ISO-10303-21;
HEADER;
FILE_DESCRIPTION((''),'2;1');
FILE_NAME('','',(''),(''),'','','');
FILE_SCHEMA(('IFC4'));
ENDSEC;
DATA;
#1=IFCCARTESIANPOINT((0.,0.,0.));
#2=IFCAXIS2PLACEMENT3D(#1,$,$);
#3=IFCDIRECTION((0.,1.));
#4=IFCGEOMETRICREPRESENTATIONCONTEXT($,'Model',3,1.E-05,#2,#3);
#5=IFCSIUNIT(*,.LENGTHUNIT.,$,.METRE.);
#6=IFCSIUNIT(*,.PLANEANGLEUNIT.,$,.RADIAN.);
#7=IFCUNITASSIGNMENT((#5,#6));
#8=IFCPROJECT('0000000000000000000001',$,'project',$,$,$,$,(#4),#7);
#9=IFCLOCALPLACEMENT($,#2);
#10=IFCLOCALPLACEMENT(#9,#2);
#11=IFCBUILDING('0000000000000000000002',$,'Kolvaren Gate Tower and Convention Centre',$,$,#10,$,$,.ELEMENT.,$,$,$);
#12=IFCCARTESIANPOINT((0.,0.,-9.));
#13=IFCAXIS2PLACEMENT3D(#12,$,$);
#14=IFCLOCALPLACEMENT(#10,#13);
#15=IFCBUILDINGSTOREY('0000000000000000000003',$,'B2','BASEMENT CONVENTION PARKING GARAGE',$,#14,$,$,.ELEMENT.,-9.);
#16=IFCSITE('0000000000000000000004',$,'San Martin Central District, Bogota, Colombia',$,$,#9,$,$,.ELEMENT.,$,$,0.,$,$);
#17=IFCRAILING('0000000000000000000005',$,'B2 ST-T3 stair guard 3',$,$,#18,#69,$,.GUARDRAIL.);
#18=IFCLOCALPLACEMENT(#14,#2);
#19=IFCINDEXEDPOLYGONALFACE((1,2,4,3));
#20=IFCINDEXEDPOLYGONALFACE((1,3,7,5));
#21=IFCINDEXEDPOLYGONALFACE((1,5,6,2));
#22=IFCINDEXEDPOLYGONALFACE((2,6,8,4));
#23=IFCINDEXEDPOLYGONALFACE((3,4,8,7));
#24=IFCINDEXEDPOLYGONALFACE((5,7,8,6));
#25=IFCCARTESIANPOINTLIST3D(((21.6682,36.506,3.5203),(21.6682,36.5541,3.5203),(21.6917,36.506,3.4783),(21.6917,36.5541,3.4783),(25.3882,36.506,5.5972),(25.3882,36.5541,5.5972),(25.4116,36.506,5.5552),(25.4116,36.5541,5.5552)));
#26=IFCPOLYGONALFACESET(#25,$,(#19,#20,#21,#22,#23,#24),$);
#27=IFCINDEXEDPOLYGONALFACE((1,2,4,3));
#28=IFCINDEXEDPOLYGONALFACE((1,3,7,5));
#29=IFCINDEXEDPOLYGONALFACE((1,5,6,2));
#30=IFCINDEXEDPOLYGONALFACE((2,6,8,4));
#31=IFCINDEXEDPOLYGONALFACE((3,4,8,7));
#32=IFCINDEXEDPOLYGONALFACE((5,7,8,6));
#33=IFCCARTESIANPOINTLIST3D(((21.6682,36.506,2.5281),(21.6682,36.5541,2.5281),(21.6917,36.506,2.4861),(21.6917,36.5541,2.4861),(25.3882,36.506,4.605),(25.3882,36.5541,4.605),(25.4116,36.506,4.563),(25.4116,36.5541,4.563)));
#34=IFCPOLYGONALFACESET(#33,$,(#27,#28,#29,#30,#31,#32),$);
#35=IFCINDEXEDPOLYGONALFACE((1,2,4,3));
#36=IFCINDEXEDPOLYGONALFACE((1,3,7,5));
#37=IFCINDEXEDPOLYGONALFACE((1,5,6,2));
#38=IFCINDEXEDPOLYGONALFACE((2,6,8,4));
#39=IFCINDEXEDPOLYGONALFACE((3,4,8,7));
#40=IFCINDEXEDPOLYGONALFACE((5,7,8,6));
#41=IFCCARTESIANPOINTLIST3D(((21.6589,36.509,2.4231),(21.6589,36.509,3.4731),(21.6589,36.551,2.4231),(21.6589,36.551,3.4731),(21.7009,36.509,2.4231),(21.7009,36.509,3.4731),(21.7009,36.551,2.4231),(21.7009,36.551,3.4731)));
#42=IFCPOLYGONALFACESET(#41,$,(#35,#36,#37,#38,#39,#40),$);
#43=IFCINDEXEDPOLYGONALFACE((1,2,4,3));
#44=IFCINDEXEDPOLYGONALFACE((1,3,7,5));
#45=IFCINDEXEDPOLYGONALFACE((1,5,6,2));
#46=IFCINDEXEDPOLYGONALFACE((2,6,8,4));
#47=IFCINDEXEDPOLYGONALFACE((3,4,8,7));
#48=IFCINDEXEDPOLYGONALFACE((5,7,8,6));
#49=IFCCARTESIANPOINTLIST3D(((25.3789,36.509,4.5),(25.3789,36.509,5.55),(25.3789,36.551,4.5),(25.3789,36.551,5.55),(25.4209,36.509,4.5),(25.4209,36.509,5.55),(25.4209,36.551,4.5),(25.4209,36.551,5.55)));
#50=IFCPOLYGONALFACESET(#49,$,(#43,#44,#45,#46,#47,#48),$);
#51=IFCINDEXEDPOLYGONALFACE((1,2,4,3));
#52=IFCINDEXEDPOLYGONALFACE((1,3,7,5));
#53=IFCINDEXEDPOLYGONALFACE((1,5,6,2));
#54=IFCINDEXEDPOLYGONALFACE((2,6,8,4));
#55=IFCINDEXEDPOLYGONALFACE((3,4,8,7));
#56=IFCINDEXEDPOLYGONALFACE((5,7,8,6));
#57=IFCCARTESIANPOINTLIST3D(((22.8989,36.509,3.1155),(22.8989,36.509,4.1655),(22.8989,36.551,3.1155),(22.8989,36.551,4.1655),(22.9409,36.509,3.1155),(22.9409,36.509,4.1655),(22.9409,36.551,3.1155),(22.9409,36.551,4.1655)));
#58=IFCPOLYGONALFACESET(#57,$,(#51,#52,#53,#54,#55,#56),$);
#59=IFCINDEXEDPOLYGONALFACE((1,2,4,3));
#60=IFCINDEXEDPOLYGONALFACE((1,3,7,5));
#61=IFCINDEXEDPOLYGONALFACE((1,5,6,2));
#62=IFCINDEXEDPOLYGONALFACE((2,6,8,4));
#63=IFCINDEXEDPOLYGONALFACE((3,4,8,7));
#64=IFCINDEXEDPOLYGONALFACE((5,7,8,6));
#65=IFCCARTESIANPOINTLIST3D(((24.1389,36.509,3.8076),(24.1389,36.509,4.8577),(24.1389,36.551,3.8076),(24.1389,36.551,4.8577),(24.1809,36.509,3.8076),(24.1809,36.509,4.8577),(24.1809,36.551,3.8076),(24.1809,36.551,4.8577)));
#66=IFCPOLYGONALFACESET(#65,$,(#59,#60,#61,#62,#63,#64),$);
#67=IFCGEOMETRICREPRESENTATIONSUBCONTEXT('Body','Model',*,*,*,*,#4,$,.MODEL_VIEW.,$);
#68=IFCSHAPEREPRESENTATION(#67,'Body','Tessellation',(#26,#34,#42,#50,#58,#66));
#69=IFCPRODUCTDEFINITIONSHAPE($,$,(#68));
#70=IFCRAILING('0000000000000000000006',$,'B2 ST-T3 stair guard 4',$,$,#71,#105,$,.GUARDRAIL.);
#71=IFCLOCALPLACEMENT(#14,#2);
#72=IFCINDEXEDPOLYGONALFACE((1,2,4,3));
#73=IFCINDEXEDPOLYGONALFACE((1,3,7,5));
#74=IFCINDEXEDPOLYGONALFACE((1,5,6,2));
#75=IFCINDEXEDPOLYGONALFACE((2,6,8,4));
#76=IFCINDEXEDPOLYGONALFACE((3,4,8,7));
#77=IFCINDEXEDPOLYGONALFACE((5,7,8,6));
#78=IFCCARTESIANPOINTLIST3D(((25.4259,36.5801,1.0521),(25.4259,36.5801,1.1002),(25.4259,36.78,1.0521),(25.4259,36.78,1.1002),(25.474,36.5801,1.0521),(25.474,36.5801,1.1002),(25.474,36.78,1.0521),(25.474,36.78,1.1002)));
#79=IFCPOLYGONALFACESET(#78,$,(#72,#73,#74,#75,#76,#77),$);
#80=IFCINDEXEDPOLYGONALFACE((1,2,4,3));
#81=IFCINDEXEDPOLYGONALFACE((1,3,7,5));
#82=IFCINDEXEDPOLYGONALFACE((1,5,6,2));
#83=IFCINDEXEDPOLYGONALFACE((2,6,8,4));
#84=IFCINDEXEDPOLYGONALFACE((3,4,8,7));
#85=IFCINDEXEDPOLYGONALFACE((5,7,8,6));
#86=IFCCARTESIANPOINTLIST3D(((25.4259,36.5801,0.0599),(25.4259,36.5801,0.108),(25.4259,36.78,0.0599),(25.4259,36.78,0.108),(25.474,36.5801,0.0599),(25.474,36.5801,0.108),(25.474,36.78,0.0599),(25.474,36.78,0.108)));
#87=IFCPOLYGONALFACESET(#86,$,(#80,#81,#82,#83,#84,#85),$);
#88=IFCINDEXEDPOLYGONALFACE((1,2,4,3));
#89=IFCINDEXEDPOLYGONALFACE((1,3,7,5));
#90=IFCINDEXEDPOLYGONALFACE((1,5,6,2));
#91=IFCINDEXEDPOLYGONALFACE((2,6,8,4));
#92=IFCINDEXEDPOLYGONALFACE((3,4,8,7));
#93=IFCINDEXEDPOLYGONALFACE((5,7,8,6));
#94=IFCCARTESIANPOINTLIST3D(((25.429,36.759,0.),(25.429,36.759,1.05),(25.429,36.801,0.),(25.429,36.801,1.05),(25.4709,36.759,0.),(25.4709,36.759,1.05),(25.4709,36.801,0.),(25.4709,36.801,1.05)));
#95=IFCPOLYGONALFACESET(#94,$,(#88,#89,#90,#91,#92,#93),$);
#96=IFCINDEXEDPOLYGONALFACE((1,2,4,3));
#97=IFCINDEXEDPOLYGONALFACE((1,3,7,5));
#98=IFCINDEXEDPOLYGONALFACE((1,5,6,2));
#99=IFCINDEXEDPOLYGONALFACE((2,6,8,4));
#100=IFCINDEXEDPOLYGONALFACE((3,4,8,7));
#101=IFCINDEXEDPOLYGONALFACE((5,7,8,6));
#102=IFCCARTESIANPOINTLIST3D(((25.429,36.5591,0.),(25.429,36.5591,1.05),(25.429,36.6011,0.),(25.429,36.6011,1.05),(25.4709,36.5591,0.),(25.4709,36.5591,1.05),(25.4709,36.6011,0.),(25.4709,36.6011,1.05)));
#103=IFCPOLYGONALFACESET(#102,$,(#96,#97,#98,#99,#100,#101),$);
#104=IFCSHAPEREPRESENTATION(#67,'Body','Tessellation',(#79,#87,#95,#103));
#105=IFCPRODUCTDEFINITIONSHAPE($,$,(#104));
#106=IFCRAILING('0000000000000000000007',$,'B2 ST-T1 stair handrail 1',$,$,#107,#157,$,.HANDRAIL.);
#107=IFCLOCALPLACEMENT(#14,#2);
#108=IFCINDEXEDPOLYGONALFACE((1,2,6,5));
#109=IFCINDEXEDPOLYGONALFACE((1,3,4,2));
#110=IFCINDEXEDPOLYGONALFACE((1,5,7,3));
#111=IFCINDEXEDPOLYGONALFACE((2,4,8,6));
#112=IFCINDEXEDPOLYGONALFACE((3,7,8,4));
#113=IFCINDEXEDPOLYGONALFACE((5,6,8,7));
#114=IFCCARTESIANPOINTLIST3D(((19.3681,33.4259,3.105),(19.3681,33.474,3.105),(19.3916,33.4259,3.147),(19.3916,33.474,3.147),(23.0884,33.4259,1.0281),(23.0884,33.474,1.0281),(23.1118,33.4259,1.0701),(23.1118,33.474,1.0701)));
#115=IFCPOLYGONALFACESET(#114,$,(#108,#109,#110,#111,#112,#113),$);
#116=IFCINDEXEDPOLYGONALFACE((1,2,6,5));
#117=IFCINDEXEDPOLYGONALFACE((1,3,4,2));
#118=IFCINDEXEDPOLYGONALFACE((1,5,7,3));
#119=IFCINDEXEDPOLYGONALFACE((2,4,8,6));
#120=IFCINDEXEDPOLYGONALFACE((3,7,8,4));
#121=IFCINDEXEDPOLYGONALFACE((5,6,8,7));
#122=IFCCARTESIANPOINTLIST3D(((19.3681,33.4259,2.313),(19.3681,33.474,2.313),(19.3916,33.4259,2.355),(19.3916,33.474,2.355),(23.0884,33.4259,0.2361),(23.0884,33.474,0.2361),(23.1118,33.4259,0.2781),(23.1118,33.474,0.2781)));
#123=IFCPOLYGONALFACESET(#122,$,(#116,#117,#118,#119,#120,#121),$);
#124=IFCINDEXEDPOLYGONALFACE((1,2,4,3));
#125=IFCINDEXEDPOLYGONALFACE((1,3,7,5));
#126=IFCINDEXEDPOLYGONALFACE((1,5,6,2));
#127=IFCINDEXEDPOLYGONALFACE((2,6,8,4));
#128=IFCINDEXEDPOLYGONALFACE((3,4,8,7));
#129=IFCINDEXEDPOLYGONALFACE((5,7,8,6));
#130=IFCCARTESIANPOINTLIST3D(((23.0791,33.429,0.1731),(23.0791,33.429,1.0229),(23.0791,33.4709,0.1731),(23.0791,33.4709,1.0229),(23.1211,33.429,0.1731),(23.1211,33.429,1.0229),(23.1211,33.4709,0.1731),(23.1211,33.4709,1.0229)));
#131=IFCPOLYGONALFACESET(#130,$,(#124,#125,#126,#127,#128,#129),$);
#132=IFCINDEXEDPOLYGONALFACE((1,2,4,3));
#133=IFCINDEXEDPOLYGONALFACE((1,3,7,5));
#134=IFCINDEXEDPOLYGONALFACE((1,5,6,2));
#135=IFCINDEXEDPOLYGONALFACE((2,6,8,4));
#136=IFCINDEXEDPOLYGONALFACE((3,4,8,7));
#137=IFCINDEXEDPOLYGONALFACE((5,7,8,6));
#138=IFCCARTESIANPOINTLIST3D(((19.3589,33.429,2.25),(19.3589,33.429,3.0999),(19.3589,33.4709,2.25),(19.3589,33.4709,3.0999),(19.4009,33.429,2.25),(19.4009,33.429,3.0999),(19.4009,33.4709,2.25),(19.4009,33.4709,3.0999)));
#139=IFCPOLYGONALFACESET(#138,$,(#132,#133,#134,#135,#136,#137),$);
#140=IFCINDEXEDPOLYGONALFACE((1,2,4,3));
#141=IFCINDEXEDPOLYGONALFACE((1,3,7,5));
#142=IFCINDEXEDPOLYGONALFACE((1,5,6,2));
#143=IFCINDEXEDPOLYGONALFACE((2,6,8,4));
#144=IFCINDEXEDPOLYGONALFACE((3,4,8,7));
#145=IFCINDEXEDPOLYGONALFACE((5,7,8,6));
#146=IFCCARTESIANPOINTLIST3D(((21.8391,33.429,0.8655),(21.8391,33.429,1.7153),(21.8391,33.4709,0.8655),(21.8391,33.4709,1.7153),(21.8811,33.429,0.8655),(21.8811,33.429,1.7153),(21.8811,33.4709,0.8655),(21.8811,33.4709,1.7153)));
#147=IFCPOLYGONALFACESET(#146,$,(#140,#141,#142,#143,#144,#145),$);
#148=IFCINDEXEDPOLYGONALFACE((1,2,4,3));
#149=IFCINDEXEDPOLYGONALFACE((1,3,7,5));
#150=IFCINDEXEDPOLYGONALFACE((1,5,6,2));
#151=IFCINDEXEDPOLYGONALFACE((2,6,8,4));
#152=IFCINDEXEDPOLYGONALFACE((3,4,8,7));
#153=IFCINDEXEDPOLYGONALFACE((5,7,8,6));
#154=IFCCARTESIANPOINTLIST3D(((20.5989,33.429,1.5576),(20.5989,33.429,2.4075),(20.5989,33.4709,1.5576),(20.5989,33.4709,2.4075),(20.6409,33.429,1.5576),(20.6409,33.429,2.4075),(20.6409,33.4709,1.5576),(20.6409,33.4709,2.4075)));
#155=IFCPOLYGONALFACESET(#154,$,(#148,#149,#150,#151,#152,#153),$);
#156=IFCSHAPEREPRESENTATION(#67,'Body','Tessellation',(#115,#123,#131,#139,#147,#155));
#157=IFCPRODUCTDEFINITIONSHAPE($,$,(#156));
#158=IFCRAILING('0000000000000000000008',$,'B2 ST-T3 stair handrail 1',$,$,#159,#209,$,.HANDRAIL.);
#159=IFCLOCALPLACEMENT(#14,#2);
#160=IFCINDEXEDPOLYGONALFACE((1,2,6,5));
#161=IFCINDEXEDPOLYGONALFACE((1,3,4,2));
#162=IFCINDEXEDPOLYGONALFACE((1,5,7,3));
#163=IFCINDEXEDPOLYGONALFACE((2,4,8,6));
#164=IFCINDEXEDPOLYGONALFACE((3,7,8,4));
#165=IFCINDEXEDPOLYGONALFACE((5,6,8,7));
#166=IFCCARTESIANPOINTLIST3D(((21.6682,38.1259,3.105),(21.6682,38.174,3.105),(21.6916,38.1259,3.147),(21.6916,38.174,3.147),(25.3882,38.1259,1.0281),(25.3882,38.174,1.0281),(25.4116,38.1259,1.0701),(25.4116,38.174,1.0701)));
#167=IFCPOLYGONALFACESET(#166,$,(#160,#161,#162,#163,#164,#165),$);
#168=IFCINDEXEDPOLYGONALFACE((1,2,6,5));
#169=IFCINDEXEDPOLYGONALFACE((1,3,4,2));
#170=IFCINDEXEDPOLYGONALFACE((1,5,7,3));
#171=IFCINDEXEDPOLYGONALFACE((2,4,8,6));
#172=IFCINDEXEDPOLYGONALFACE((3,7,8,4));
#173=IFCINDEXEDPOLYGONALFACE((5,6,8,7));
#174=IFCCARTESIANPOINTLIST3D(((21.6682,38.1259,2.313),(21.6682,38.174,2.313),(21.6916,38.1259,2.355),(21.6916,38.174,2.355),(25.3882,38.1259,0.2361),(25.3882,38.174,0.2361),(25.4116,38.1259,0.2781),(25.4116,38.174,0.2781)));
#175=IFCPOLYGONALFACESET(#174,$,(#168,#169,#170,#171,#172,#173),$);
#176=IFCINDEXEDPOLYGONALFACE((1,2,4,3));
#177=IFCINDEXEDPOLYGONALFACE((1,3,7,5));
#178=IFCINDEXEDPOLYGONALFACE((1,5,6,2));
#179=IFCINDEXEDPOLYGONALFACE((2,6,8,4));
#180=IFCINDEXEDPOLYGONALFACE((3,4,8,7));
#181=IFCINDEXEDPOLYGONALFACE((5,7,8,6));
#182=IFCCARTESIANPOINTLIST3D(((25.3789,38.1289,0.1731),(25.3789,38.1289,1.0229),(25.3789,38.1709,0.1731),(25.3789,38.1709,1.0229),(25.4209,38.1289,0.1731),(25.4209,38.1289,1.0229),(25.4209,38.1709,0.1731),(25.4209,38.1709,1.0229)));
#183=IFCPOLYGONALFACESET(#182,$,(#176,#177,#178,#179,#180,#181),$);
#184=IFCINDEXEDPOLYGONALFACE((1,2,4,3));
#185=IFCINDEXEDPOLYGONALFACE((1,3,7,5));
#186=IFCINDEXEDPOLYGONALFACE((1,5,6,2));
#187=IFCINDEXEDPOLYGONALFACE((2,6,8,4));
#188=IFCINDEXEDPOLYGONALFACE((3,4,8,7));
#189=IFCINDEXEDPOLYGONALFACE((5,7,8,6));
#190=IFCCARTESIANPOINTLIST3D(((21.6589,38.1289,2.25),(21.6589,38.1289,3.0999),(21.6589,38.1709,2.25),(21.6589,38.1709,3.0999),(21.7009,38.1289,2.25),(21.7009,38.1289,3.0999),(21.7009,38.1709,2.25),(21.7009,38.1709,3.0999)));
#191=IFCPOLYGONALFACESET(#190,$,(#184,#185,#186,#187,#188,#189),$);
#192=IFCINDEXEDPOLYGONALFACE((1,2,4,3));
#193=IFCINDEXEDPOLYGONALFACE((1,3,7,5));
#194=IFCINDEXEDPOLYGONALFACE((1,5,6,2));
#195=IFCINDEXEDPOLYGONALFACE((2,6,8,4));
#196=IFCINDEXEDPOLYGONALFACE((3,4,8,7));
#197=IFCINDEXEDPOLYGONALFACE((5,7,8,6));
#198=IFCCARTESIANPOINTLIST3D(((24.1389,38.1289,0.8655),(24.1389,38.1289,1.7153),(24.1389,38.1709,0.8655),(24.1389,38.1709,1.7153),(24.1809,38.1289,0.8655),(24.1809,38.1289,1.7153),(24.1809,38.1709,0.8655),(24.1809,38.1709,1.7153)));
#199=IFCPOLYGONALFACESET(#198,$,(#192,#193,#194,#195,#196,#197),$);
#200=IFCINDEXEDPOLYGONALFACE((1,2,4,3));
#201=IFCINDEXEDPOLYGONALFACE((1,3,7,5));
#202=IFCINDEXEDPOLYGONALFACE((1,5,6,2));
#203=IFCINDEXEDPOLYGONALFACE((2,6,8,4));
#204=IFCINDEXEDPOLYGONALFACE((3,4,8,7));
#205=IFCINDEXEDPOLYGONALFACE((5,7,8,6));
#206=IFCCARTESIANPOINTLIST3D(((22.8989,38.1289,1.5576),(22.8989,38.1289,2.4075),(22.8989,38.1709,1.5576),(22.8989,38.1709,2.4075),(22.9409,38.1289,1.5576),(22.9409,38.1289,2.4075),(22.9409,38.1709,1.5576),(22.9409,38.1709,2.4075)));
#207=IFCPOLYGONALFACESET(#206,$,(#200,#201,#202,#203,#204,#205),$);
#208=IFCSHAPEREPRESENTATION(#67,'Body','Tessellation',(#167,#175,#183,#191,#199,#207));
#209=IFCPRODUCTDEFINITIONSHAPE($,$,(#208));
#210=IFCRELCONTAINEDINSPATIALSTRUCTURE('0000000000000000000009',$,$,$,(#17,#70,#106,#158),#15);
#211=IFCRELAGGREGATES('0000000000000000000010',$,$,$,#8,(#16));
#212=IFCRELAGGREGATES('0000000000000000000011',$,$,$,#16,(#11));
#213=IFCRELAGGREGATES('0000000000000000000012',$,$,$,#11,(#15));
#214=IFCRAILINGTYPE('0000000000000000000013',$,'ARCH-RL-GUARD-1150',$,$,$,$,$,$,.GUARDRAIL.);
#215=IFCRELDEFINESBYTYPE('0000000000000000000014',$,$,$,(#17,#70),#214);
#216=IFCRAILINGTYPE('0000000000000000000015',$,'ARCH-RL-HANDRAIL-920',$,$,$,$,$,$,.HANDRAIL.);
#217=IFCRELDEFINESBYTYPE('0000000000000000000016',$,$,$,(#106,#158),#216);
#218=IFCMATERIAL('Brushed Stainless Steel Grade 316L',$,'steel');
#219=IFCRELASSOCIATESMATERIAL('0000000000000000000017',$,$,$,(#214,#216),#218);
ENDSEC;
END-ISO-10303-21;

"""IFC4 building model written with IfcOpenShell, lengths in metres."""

from ifc_helpers import new_model, si_unit, direction, frame, origin, origin_2d, place, context, subcontext, project, spatial, rectangle, extrude, material, type_object, element, save


model = new_model("IFC4")

# Units and contexts
model_context = context("Model", 3, precision=1e-05, world=origin(), true_north=direction((0.0, 1.0)))
body_context = subcontext(model_context, "Body", "Model", "MODEL_VIEW")
ifc_project = project(units=[si_unit("LENGTHUNIT", "METRE"), si_unit("PLANEANGLEUNIT", "RADIAN")], contexts=[model_context])

# Site, building, storey
site_placement = place(None, origin())
site = spatial("IfcSite", under=ifc_project, at=site_placement, Name="San Martin Central District, Bogota, Colombia", CompositionType="ELEMENT", RefElevation=0.0)
building_placement = place(site_placement, origin())
building = spatial("IfcBuilding", under=site, at=building_placement, Name="Kolvaren Gate Tower and Convention Centre", CompositionType="ELEMENT")
storey_placement = place(building_placement, frame((0.0, 0.0, -9.0)))
storey = spatial("IfcBuildingStorey", under=building, at=storey_placement, Name="B2", Description="BASEMENT CONVENTION PARKING GARAGE", CompositionType="ELEMENT", Elevation=-9.0)

# Railings
ifc_material_1 = material(Name="Brushed Stainless Steel Grade 316L", Category="steel")
railing_type_1 = type_object("IfcRailingType", Name="ARCH-RL-GUARD-1150", PredefinedType="GUARDRAIL", material=ifc_material_1)
railing_1_placement = place(storey_placement, frame((21.6799, 36.53, 2.4231)))
element("IfcRailing", 1, at=railing_1_placement, inside=storey, type_object=railing_type_1, Name="B2 ST-T3 stair guard 3", PredefinedType="GUARDRAIL", context=body_context, shape_type="SweptSolid", body=[
    extrude(rectangle(XDim=0.0481, YDim=0.0481, at=origin_2d()), frame((0.0, 0.0, 1.0762), z_axis=(0.873134, 0.0, 0.487481), x_axis=(0.0, 1.0, 0.0)), (0.0, 0.0, 1.0), 4.2605),
    extrude(rectangle(XDim=0.0481, YDim=0.0481, at=origin_2d()), frame((0.0, 0.0, 0.084), z_axis=(0.873134, 0.0, 0.487481), x_axis=(0.0, 1.0, 0.0)), (0.0, 0.0, 1.0), 4.2605),
    extrude(rectangle(XDim=0.042, YDim=0.042, at=origin_2d()), origin(), (0.0, 0.0, 1.0), 1.05),
    extrude(rectangle(XDim=0.042, YDim=0.042, at=origin_2d()), frame((3.72, 0.0, 2.0769)), (0.0, 0.0, 1.0), 1.05),
    extrude(rectangle(XDim=0.042, YDim=0.042, at=origin_2d()), frame((1.24, 0.0, 0.6924)), (0.0, 0.0, 1.0), 1.05),
    extrude(rectangle(XDim=0.042, YDim=0.042, at=origin_2d()), frame((2.48, 0.0, 1.3845)), (0.0, 0.0, 1.0), 1.05),
])
railing_2_placement = place(storey_placement, frame((25.45, 36.78, 0.0)))
element("IfcRailing", 2, at=railing_2_placement, inside=storey, type_object=railing_type_1, Name="B2 ST-T3 stair guard 4", PredefinedType="GUARDRAIL", context=body_context, shape_type="SweptSolid", body=[
    extrude(rectangle(XDim=0.0481, YDim=0.0481, at=origin_2d()), frame((0.0, 0.0, 1.0762), z_axis=(0.0, -1.0, 0.0), x_axis=(1.0, 0.0, 0.0)), (0.0, 0.0, 1.0), 0.2),
    extrude(rectangle(XDim=0.0481, YDim=0.0481, at=origin_2d()), frame((0.0, 0.0, 0.084), z_axis=(0.0, -1.0, 0.0), x_axis=(1.0, 0.0, 0.0)), (0.0, 0.0, 1.0), 0.2),
    extrude(rectangle(XDim=0.042, YDim=0.042, at=origin_2d()), origin(), (0.0, 0.0, 1.0), 1.05),
    extrude(rectangle(XDim=0.042, YDim=0.042, at=origin_2d()), frame((0.0, -0.2, 0.0)), (0.0, 0.0, 1.0), 1.05),
])
railing_type_2 = type_object("IfcRailingType", Name="ARCH-RL-HANDRAIL-920", PredefinedType="HANDRAIL", material=ifc_material_1)
railing_3_placement = place(storey_placement, frame((23.1001, 33.45, 0.1731)))
element("IfcRailing", 3, at=railing_3_placement, inside=storey, type_object=railing_type_2, Name="B2 ST-T1 stair handrail 1", PredefinedType="HANDRAIL", context=body_context, shape_type="SweptSolid", body=[
    extrude(rectangle(XDim=0.0481, YDim=0.0481, at=origin_2d()), frame((0.0, 0.0, 0.876), z_axis=(-0.873147, 0.0, 0.487457), x_axis=(0.0, -1.0, 0.0)), (0.0, 0.0, 1.0), 4.2607),
    extrude(rectangle(XDim=0.0481, YDim=0.0481, at=origin_2d()), frame((0.0, 0.0, 0.084), z_axis=(-0.873147, 0.0, 0.487457), x_axis=(0.0, -1.0, 0.0)), (0.0, 0.0, 1.0), 4.2607),
    extrude(rectangle(XDim=0.042, YDim=0.042, at=origin_2d()), origin(), (0.0, 0.0, 1.0), 0.8499),
    extrude(rectangle(XDim=0.042, YDim=0.042, at=origin_2d()), frame((-3.7202, 0.0, 2.0769)), (0.0, 0.0, 1.0), 0.8499),
    extrude(rectangle(XDim=0.042, YDim=0.042, at=origin_2d()), frame((-1.24, 0.0, 0.6924)), (0.0, 0.0, 1.0), 0.8499),
    extrude(rectangle(XDim=0.042, YDim=0.042, at=origin_2d()), frame((-2.4802, 0.0, 1.3845)), (0.0, 0.0, 1.0), 0.8499),
])
railing_4_placement = place(storey_placement, frame((25.3999, 38.1499, 0.1731)))
element("IfcRailing", 4, at=railing_4_placement, inside=storey, type_object=railing_type_2, Name="B2 ST-T3 stair handrail 1", PredefinedType="HANDRAIL", context=body_context, shape_type="SweptSolid", body=[
    extrude(rectangle(XDim=0.0481, YDim=0.0481, at=origin_2d()), frame((0.0, 0.0, 0.876), z_axis=(-0.873134, 0.0, 0.487481), x_axis=(0.0, -1.0, 0.0)), (0.0, 0.0, 1.0), 4.2605),
    extrude(rectangle(XDim=0.0481, YDim=0.0481, at=origin_2d()), frame((0.0, 0.0, 0.084), z_axis=(-0.873134, 0.0, 0.487481), x_axis=(0.0, -1.0, 0.0)), (0.0, 0.0, 1.0), 4.2605),
    extrude(rectangle(XDim=0.042, YDim=0.042, at=origin_2d()), origin(), (0.0, 0.0, 1.0), 0.8499),
    extrude(rectangle(XDim=0.042, YDim=0.042, at=origin_2d()), frame((-3.72, 0.0, 2.0769)), (0.0, 0.0, 1.0), 0.8499),
    extrude(rectangle(XDim=0.042, YDim=0.042, at=origin_2d()), frame((-1.24, 0.0, 0.6924)), (0.0, 0.0, 1.0), 0.8499),
    extrude(rectangle(XDim=0.042, YDim=0.042, at=origin_2d()), frame((-2.48, 0.0, 1.3845)), (0.0, 0.0, 1.0), 0.8499),
])

save(model, "model.ifc")
